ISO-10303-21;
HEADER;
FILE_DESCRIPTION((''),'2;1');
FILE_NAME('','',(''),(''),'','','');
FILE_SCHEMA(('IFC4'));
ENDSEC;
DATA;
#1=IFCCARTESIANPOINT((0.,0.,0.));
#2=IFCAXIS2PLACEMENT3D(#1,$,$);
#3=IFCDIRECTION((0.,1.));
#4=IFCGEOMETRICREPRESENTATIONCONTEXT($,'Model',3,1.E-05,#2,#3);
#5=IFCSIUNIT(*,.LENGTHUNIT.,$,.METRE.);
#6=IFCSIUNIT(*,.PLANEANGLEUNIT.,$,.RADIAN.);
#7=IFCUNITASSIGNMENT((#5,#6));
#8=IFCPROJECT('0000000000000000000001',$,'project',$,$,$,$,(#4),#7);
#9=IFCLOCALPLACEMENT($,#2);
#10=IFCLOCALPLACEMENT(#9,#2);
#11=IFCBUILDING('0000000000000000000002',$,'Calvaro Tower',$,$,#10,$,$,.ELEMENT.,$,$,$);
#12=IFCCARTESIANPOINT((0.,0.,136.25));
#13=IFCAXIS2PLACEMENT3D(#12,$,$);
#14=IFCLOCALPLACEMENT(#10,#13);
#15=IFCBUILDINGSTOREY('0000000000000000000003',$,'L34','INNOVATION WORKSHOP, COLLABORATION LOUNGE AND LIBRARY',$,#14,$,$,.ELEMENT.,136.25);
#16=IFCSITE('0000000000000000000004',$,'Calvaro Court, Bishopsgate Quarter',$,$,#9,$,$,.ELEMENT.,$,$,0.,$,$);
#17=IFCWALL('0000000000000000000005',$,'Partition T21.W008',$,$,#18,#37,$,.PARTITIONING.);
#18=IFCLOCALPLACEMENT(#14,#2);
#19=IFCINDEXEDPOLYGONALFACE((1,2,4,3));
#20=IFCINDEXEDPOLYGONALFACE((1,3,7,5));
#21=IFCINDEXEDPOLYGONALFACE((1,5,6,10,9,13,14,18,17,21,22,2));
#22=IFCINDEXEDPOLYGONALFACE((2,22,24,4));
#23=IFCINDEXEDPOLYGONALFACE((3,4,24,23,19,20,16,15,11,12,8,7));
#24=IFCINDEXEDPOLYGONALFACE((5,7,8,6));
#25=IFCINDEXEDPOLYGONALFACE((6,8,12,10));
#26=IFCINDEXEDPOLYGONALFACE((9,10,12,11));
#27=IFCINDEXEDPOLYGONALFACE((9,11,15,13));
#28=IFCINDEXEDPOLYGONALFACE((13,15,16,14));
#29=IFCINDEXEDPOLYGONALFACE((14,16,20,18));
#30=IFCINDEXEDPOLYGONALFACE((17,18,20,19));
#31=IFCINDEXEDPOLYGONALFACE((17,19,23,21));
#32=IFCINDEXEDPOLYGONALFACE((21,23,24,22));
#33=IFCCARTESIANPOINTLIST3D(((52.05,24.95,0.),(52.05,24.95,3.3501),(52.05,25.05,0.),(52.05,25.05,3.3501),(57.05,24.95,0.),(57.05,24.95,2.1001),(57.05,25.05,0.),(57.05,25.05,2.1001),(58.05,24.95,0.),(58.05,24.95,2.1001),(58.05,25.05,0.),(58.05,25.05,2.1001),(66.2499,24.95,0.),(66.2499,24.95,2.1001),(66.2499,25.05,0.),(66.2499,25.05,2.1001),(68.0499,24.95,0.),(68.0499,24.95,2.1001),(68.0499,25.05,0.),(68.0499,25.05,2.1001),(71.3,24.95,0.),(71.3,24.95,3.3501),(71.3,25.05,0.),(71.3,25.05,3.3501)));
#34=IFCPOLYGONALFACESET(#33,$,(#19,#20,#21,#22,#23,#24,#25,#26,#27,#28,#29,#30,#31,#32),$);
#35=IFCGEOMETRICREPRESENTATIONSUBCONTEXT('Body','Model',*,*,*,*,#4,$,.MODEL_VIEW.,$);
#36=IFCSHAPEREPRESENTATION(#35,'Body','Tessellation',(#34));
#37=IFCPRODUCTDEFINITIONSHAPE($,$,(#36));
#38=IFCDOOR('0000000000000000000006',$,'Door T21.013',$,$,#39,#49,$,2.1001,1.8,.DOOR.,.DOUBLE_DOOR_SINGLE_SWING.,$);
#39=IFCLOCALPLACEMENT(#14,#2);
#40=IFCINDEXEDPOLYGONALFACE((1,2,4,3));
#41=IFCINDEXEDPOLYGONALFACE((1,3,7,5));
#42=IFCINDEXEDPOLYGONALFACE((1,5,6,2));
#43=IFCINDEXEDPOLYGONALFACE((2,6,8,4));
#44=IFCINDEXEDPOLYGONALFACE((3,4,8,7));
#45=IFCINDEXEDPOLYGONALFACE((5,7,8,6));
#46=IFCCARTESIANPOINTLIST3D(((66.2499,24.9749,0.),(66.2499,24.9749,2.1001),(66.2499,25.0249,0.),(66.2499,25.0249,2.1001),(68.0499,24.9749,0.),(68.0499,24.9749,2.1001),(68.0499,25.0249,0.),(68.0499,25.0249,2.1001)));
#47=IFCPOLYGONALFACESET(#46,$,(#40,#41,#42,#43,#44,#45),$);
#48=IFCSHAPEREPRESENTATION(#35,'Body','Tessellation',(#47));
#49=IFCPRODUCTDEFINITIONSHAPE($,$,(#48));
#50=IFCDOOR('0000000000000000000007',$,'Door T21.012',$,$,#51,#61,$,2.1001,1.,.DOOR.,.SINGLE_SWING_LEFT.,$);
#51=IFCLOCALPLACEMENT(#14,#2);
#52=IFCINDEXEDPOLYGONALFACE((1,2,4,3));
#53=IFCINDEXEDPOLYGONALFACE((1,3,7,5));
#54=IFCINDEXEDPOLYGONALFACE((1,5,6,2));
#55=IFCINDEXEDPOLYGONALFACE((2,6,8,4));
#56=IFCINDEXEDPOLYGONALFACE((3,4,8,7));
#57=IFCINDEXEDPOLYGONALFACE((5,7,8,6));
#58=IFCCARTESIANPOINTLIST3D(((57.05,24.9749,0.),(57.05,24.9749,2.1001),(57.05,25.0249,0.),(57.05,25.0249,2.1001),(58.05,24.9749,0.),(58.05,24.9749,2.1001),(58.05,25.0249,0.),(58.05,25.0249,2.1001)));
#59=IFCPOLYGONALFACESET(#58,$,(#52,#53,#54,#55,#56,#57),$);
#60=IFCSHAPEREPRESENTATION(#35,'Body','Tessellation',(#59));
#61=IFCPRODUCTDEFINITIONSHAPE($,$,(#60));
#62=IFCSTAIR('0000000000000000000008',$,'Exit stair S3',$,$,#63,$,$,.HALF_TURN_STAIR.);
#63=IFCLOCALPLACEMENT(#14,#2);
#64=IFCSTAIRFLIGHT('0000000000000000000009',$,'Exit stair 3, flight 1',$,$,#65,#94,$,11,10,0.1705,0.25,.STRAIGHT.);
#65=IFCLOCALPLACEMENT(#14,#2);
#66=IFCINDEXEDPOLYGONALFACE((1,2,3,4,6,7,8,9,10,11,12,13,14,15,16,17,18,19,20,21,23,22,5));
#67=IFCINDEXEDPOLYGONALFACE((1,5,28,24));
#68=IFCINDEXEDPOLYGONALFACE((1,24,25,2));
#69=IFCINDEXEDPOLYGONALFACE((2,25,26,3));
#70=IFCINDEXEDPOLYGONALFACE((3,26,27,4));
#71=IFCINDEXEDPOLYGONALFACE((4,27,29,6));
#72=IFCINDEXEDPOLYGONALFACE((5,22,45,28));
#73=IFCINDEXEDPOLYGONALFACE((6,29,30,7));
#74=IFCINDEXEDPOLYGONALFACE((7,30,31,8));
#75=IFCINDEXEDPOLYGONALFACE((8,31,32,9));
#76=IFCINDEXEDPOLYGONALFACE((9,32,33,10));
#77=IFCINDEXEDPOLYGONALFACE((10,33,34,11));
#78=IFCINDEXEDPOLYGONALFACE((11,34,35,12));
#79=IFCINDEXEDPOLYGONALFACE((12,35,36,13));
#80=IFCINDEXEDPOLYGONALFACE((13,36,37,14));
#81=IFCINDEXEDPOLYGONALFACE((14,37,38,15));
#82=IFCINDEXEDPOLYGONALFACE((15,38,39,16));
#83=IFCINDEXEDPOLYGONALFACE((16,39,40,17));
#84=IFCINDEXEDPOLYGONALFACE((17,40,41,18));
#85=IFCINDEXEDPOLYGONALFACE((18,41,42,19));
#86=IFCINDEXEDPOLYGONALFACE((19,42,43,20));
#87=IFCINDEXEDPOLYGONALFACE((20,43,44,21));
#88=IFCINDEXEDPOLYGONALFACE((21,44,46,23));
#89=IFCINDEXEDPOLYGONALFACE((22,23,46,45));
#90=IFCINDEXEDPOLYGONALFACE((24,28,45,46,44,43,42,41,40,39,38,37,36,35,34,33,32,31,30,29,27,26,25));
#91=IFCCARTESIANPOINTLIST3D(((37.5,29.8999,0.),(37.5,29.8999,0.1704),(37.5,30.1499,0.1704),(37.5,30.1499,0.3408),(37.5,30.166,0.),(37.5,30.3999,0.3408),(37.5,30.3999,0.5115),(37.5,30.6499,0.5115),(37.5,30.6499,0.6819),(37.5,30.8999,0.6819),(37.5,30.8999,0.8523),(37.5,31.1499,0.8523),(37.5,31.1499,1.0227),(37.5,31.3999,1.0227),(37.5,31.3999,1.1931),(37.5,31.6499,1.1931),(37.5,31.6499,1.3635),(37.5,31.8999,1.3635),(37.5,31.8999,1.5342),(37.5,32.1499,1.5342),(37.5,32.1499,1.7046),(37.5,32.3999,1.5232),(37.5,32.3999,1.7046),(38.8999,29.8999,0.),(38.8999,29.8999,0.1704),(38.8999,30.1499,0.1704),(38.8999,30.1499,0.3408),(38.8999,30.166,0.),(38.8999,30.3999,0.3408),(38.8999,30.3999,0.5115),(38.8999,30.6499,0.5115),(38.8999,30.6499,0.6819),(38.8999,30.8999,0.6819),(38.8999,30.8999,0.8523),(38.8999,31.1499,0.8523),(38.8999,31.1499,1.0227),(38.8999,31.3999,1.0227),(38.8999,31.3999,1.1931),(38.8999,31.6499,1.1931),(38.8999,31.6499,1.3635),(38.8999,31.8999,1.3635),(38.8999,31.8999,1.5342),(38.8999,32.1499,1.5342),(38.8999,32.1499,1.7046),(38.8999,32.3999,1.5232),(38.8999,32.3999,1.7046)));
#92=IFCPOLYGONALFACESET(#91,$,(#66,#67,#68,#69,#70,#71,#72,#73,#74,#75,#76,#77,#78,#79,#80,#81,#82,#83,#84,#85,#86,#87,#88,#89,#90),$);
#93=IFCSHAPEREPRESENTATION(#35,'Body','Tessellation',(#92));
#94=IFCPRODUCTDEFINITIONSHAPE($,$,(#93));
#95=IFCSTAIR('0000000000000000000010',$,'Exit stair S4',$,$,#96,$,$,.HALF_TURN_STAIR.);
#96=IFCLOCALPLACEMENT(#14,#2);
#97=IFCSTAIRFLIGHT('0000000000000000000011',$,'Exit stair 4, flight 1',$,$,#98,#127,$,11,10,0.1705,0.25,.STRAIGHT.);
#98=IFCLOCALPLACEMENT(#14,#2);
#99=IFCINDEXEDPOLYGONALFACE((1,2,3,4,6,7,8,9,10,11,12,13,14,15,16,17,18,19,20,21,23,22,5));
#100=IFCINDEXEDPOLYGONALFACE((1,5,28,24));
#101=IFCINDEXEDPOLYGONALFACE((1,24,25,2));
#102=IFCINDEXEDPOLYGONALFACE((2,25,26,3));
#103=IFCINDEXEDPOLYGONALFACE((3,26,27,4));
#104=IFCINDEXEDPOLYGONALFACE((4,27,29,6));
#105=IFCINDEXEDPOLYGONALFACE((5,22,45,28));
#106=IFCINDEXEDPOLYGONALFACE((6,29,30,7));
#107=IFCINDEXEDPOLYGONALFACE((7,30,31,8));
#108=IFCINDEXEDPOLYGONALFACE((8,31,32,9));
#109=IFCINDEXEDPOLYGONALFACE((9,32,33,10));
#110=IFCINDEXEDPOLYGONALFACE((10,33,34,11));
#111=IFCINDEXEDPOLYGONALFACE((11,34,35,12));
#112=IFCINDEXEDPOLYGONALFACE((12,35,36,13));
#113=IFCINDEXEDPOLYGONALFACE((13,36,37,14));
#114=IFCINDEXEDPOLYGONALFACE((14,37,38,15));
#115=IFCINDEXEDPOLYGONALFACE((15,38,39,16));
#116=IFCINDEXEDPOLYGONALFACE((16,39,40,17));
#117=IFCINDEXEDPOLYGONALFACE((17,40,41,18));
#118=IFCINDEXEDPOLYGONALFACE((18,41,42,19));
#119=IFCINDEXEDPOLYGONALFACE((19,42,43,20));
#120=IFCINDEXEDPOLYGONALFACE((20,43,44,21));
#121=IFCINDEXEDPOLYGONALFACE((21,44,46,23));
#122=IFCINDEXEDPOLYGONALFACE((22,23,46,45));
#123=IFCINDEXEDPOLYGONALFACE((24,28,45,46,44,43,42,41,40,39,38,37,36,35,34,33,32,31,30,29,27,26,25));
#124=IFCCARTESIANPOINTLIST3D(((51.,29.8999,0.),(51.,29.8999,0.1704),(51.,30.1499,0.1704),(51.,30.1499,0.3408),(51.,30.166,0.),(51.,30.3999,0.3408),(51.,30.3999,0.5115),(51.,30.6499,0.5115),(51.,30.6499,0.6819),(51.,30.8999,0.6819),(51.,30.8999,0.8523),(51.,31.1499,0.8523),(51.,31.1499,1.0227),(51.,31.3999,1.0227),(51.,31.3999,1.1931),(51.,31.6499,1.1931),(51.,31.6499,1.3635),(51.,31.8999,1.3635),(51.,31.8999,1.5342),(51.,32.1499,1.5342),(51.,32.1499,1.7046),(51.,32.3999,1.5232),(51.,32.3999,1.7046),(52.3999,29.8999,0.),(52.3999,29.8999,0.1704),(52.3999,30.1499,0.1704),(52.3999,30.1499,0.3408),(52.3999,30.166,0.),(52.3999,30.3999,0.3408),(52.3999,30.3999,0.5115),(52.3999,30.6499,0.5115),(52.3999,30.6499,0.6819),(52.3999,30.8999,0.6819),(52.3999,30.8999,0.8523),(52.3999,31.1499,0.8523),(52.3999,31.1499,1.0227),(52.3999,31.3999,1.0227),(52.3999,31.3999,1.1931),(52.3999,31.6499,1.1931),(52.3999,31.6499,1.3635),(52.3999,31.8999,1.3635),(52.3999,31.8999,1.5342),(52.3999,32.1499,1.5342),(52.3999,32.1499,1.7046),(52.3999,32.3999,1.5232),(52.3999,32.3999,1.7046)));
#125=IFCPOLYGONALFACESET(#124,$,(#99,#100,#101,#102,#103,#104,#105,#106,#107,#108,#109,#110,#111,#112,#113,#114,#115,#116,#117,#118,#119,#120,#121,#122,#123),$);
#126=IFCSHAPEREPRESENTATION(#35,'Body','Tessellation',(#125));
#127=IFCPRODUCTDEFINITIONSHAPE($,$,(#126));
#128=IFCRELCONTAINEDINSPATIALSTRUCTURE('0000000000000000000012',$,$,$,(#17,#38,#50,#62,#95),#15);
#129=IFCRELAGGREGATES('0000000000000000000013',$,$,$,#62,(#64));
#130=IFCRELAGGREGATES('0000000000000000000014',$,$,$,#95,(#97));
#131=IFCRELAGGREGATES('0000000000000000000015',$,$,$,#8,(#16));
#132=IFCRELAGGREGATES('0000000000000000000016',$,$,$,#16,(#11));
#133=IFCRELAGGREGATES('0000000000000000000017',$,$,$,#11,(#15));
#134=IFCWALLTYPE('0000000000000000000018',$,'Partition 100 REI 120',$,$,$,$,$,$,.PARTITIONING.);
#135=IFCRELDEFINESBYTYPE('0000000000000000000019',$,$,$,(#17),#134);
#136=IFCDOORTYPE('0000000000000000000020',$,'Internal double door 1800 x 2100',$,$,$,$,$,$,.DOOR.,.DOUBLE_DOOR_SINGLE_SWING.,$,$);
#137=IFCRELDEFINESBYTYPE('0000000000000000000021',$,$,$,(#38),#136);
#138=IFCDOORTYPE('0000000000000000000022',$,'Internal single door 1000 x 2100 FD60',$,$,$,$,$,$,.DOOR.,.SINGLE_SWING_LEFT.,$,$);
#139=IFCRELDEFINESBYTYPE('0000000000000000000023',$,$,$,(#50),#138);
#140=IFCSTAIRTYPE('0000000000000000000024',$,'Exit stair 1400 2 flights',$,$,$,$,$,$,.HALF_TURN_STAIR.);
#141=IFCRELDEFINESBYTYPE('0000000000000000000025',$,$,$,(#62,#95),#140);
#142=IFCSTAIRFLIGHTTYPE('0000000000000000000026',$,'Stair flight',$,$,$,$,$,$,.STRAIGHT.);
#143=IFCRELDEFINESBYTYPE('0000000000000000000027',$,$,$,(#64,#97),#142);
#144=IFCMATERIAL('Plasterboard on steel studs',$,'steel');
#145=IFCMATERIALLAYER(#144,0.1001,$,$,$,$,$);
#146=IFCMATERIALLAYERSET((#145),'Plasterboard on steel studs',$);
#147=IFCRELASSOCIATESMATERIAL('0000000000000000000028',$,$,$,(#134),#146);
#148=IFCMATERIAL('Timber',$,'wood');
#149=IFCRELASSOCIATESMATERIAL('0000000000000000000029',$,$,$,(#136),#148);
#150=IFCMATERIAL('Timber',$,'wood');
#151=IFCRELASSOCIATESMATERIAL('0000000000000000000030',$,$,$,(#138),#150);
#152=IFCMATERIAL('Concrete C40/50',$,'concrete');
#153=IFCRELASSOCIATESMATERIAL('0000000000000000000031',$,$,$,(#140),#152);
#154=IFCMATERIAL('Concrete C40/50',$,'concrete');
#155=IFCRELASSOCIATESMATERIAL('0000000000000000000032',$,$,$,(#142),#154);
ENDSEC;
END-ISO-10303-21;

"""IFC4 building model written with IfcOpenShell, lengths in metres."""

from ifc_helpers import new_model, si_unit, direction, frame, frame_2d, origin, place, context, subcontext, project, spatial, polyline, rectangle, outline, extrude, material, layer, layer_set, type_object, element, fill, aggregate, save


model = new_model("IFC4")

# Units and contexts
model_context = context("Model", 3, precision=1e-05, world=origin(), true_north=direction((0.0, 1.0)))
body_context = subcontext(model_context, "Body", "Model", "MODEL_VIEW")
ifc_project = project(units=[si_unit("LENGTHUNIT", "METRE"), si_unit("PLANEANGLEUNIT", "RADIAN")], contexts=[model_context])

# Site, building, storey
site_placement = place(None, origin())
site = spatial("IfcSite", under=ifc_project, at=site_placement, Name="Calvaro Court, Bishopsgate Quarter", CompositionType="ELEMENT", RefElevation=0.0)
building_placement = place(site_placement, origin())
building = spatial("IfcBuilding", under=site, at=building_placement, Name="Calvaro Tower", CompositionType="ELEMENT")
storey_placement = place(building_placement, frame((0.0, 0.0, 136.25)))
storey = spatial("IfcBuildingStorey", under=building, at=storey_placement, Name="L34", Description="INNOVATION WORKSHOP, COLLABORATION LOUNGE AND LIBRARY", CompositionType="ELEMENT", Elevation=136.25)

# Wall, openings, doors
ifc_material_1 = material(Name="Plasterboard on steel studs", Category="steel")
ifc_layer_1 = layer(ifc_material_1, 0.1001)
ifc_layer_set_1 = layer_set([ifc_layer_1], Name="Plasterboard on steel studs")
wall_type_1 = type_object("IfcWallType", Name="Partition 100 REI 120", PredefinedType="PARTITIONING", material=ifc_layer_set_1)
wall_1_placement = place(storey_placement, frame((52.05, 25.0, 0.0), z_axis=(0.0, 0.0, 1.0), x_axis=(1.0, 0.0, 0.0)))
wall_1 = element("IfcWall", 1, at=wall_1_placement, inside=storey, type_object=wall_type_1, Name="Partition T21.W008", PredefinedType="PARTITIONING", context=body_context, shape_type="SweptSolid", body=[
    extrude(rectangle(XDim=19.25, YDim=0.1001, at=frame_2d((9.625, 0.0))), origin(), (0.0, 0.0, 1.0), 3.3501),
])
opening_1_placement = place(wall_1_placement, frame((5.0, 0.0, 0.0)))
opening_1 = element("IfcOpeningElement", 2, at=opening_1_placement, cuts=wall_1, PredefinedType="OPENING", context=body_context, shape_type="SweptSolid", body=[
    extrude(rectangle(XDim=1.0, YDim=2.1001, at=frame_2d((0.5, 1.05))), frame((0.0, 0.0601, 0.0), z_axis=(0.0, -1.0, 0.0), x_axis=(1.0, 0.0, 0.0)), (0.0, 0.0, 1.0), 0.1201),
])
opening_2_placement = place(wall_1_placement, frame((14.2, 0.0, 0.0)))
opening_2 = element("IfcOpeningElement", 3, at=opening_2_placement, cuts=wall_1, PredefinedType="OPENING", context=body_context, shape_type="SweptSolid", body=[
    extrude(rectangle(XDim=1.8, YDim=2.1001, at=frame_2d((0.8999, 1.05))), frame((0.0, 0.0601, 0.0), z_axis=(0.0, -1.0, 0.0), x_axis=(1.0, 0.0, 0.0)), (0.0, 0.0, 1.0), 0.1201),
])
ifc_material_2 = material(Name="Timber", Category="wood")
door_type_1 = type_object("IfcDoorType", Name="Internal double door 1800 x 2100", OperationType="DOUBLE_DOOR_SINGLE_SWING", PredefinedType="DOOR", material=ifc_material_2)
door_1_placement = place(opening_2_placement, origin())
door_1 = element("IfcDoor", 4, at=door_1_placement, inside=storey, type_object=door_type_1, Name="Door T21.013", OperationType="DOUBLE_DOOR_SINGLE_SWING", OverallHeight=2.1001, OverallWidth=1.8, PredefinedType="DOOR", context=body_context, shape_type="SweptSolid", body=[
    extrude(rectangle(XDim=1.8, YDim=2.1001, at=frame_2d((0.8999, 1.05))), frame((0.0, 0.0249, 0.0), z_axis=(0.0, -1.0, 0.0), x_axis=(1.0, 0.0, 0.0)), (0.0, 0.0, 1.0), 0.05),
])
fill(opening_2, door_1)
ifc_material_3 = material(Name="Timber", Category="wood")
door_type_2 = type_object("IfcDoorType", Name="Internal single door 1000 x 2100 FD60", OperationType="SINGLE_SWING_LEFT", PredefinedType="DOOR", material=ifc_material_3)
door_2_placement = place(opening_1_placement, origin())
door_2 = element("IfcDoor", 5, at=door_2_placement, inside=storey, type_object=door_type_2, Name="Door T21.012", OperationType="SINGLE_SWING_LEFT", OverallHeight=2.1001, OverallWidth=1.0, PredefinedType="DOOR", context=body_context, shape_type="SweptSolid", body=[
    extrude(rectangle(XDim=1.0, YDim=2.1001, at=frame_2d((0.5, 1.05))), frame((0.0, 0.0249, 0.0), z_axis=(0.0, -1.0, 0.0), x_axis=(1.0, 0.0, 0.0)), (0.0, 0.0, 1.0), 0.05),
])
fill(opening_1, door_2)

# Stairs, stair flights
ifc_material_4 = material(Name="Concrete C40/50", Category="concrete")
stair_type = type_object("IfcStairType", Name="Exit stair 1400 2 flights", PredefinedType="HALF_TURN_STAIR", material=ifc_material_4)
stair_1_placement = place(storey_placement, origin())
stair_1 = element("IfcStair", 6, at=stair_1_placement, inside=storey, type_object=stair_type, Name="Exit stair S3", PredefinedType="HALF_TURN_STAIR")
ifc_material_5 = material(Name="Concrete C40/50", Category="concrete")
stair_flight_type = type_object("IfcStairFlightType", Name="Stair flight", PredefinedType="STRAIGHT", material=ifc_material_5)
stair_flight_1_placement = place(storey_placement, frame((38.2, 29.8999, 0.0), z_axis=(0.0, 0.0, 1.0), x_axis=(0.0, 1.0, 0.0)))
stair_flight_1 = element("IfcStairFlight", 7, at=stair_flight_1_placement, type_object=stair_flight_type, Name="Exit stair 3, flight 1", NumberOfRisers=11, NumberOfTreads=10, PredefinedType="STRAIGHT", RiserHeight=0.1705, TreadLength=0.25, context=body_context, shape_type="SweptSolid", body=[
    extrude(outline(polyline([(0.0, 0.0), (0.0, 0.1704), (0.25, 0.1704), (0.25, 0.3408), (0.5, 0.3408), (0.5, 0.5115), (0.75, 0.5115), (0.75, 0.6819), (1.0, 0.6819), (1.0, 0.8523), (1.25, 0.8523), (1.25, 1.0227), (1.5, 1.0227), (1.5, 1.1931), (1.75, 1.1931), (1.75, 1.3635), (2.0, 1.3635), (2.0, 1.5342), (2.25, 1.5342), (2.25, 1.7046), (2.5, 1.7046), (2.5, 1.875), (2.5, 1.5232), (0.2661, 0.0), (0.0, 0.0)])), frame((0.0, 0.7, 0.0), z_axis=(0.0, -1.0, 0.0), x_axis=(1.0, 0.0, 0.0)), (0.0, 0.0, 1.0), 1.3999),
])
stair_2_placement = place(storey_placement, origin())
stair_2 = element("IfcStair", 8, at=stair_2_placement, inside=storey, type_object=stair_type, Name="Exit stair S4", PredefinedType="HALF_TURN_STAIR")
stair_flight_2_placement = place(storey_placement, frame((51.7, 29.8999, 0.0), z_axis=(0.0, 0.0, 1.0), x_axis=(0.0, 1.0, 0.0)))
stair_flight_2 = element("IfcStairFlight", 9, at=stair_flight_2_placement, type_object=stair_flight_type, Name="Exit stair 4, flight 1", NumberOfRisers=11, NumberOfTreads=10, PredefinedType="STRAIGHT", RiserHeight=0.1705, TreadLength=0.25, context=body_context, shape_type="SweptSolid", body=[
    extrude(outline(polyline([(0.0, 0.0), (0.0, 0.1704), (0.25, 0.1704), (0.25, 0.3408), (0.5, 0.3408), (0.5, 0.5115), (0.75, 0.5115), (0.75, 0.6819), (1.0, 0.6819), (1.0, 0.8523), (1.25, 0.8523), (1.25, 1.0227), (1.5, 1.0227), (1.5, 1.1931), (1.75, 1.1931), (1.75, 1.3635), (2.0, 1.3635), (2.0, 1.5342), (2.25, 1.5342), (2.25, 1.7046), (2.5, 1.7046), (2.5, 1.875), (2.5, 1.5232), (0.2661, 0.0), (0.0, 0.0)])), frame((0.0, 0.7, 0.0), z_axis=(0.0, -1.0, 0.0), x_axis=(1.0, 0.0, 0.0)), (0.0, 0.0, 1.0), 1.3999),
])

aggregate(stair_1, [stair_flight_1])
aggregate(stair_2, [stair_flight_2])

save(model, "model.ifc")
